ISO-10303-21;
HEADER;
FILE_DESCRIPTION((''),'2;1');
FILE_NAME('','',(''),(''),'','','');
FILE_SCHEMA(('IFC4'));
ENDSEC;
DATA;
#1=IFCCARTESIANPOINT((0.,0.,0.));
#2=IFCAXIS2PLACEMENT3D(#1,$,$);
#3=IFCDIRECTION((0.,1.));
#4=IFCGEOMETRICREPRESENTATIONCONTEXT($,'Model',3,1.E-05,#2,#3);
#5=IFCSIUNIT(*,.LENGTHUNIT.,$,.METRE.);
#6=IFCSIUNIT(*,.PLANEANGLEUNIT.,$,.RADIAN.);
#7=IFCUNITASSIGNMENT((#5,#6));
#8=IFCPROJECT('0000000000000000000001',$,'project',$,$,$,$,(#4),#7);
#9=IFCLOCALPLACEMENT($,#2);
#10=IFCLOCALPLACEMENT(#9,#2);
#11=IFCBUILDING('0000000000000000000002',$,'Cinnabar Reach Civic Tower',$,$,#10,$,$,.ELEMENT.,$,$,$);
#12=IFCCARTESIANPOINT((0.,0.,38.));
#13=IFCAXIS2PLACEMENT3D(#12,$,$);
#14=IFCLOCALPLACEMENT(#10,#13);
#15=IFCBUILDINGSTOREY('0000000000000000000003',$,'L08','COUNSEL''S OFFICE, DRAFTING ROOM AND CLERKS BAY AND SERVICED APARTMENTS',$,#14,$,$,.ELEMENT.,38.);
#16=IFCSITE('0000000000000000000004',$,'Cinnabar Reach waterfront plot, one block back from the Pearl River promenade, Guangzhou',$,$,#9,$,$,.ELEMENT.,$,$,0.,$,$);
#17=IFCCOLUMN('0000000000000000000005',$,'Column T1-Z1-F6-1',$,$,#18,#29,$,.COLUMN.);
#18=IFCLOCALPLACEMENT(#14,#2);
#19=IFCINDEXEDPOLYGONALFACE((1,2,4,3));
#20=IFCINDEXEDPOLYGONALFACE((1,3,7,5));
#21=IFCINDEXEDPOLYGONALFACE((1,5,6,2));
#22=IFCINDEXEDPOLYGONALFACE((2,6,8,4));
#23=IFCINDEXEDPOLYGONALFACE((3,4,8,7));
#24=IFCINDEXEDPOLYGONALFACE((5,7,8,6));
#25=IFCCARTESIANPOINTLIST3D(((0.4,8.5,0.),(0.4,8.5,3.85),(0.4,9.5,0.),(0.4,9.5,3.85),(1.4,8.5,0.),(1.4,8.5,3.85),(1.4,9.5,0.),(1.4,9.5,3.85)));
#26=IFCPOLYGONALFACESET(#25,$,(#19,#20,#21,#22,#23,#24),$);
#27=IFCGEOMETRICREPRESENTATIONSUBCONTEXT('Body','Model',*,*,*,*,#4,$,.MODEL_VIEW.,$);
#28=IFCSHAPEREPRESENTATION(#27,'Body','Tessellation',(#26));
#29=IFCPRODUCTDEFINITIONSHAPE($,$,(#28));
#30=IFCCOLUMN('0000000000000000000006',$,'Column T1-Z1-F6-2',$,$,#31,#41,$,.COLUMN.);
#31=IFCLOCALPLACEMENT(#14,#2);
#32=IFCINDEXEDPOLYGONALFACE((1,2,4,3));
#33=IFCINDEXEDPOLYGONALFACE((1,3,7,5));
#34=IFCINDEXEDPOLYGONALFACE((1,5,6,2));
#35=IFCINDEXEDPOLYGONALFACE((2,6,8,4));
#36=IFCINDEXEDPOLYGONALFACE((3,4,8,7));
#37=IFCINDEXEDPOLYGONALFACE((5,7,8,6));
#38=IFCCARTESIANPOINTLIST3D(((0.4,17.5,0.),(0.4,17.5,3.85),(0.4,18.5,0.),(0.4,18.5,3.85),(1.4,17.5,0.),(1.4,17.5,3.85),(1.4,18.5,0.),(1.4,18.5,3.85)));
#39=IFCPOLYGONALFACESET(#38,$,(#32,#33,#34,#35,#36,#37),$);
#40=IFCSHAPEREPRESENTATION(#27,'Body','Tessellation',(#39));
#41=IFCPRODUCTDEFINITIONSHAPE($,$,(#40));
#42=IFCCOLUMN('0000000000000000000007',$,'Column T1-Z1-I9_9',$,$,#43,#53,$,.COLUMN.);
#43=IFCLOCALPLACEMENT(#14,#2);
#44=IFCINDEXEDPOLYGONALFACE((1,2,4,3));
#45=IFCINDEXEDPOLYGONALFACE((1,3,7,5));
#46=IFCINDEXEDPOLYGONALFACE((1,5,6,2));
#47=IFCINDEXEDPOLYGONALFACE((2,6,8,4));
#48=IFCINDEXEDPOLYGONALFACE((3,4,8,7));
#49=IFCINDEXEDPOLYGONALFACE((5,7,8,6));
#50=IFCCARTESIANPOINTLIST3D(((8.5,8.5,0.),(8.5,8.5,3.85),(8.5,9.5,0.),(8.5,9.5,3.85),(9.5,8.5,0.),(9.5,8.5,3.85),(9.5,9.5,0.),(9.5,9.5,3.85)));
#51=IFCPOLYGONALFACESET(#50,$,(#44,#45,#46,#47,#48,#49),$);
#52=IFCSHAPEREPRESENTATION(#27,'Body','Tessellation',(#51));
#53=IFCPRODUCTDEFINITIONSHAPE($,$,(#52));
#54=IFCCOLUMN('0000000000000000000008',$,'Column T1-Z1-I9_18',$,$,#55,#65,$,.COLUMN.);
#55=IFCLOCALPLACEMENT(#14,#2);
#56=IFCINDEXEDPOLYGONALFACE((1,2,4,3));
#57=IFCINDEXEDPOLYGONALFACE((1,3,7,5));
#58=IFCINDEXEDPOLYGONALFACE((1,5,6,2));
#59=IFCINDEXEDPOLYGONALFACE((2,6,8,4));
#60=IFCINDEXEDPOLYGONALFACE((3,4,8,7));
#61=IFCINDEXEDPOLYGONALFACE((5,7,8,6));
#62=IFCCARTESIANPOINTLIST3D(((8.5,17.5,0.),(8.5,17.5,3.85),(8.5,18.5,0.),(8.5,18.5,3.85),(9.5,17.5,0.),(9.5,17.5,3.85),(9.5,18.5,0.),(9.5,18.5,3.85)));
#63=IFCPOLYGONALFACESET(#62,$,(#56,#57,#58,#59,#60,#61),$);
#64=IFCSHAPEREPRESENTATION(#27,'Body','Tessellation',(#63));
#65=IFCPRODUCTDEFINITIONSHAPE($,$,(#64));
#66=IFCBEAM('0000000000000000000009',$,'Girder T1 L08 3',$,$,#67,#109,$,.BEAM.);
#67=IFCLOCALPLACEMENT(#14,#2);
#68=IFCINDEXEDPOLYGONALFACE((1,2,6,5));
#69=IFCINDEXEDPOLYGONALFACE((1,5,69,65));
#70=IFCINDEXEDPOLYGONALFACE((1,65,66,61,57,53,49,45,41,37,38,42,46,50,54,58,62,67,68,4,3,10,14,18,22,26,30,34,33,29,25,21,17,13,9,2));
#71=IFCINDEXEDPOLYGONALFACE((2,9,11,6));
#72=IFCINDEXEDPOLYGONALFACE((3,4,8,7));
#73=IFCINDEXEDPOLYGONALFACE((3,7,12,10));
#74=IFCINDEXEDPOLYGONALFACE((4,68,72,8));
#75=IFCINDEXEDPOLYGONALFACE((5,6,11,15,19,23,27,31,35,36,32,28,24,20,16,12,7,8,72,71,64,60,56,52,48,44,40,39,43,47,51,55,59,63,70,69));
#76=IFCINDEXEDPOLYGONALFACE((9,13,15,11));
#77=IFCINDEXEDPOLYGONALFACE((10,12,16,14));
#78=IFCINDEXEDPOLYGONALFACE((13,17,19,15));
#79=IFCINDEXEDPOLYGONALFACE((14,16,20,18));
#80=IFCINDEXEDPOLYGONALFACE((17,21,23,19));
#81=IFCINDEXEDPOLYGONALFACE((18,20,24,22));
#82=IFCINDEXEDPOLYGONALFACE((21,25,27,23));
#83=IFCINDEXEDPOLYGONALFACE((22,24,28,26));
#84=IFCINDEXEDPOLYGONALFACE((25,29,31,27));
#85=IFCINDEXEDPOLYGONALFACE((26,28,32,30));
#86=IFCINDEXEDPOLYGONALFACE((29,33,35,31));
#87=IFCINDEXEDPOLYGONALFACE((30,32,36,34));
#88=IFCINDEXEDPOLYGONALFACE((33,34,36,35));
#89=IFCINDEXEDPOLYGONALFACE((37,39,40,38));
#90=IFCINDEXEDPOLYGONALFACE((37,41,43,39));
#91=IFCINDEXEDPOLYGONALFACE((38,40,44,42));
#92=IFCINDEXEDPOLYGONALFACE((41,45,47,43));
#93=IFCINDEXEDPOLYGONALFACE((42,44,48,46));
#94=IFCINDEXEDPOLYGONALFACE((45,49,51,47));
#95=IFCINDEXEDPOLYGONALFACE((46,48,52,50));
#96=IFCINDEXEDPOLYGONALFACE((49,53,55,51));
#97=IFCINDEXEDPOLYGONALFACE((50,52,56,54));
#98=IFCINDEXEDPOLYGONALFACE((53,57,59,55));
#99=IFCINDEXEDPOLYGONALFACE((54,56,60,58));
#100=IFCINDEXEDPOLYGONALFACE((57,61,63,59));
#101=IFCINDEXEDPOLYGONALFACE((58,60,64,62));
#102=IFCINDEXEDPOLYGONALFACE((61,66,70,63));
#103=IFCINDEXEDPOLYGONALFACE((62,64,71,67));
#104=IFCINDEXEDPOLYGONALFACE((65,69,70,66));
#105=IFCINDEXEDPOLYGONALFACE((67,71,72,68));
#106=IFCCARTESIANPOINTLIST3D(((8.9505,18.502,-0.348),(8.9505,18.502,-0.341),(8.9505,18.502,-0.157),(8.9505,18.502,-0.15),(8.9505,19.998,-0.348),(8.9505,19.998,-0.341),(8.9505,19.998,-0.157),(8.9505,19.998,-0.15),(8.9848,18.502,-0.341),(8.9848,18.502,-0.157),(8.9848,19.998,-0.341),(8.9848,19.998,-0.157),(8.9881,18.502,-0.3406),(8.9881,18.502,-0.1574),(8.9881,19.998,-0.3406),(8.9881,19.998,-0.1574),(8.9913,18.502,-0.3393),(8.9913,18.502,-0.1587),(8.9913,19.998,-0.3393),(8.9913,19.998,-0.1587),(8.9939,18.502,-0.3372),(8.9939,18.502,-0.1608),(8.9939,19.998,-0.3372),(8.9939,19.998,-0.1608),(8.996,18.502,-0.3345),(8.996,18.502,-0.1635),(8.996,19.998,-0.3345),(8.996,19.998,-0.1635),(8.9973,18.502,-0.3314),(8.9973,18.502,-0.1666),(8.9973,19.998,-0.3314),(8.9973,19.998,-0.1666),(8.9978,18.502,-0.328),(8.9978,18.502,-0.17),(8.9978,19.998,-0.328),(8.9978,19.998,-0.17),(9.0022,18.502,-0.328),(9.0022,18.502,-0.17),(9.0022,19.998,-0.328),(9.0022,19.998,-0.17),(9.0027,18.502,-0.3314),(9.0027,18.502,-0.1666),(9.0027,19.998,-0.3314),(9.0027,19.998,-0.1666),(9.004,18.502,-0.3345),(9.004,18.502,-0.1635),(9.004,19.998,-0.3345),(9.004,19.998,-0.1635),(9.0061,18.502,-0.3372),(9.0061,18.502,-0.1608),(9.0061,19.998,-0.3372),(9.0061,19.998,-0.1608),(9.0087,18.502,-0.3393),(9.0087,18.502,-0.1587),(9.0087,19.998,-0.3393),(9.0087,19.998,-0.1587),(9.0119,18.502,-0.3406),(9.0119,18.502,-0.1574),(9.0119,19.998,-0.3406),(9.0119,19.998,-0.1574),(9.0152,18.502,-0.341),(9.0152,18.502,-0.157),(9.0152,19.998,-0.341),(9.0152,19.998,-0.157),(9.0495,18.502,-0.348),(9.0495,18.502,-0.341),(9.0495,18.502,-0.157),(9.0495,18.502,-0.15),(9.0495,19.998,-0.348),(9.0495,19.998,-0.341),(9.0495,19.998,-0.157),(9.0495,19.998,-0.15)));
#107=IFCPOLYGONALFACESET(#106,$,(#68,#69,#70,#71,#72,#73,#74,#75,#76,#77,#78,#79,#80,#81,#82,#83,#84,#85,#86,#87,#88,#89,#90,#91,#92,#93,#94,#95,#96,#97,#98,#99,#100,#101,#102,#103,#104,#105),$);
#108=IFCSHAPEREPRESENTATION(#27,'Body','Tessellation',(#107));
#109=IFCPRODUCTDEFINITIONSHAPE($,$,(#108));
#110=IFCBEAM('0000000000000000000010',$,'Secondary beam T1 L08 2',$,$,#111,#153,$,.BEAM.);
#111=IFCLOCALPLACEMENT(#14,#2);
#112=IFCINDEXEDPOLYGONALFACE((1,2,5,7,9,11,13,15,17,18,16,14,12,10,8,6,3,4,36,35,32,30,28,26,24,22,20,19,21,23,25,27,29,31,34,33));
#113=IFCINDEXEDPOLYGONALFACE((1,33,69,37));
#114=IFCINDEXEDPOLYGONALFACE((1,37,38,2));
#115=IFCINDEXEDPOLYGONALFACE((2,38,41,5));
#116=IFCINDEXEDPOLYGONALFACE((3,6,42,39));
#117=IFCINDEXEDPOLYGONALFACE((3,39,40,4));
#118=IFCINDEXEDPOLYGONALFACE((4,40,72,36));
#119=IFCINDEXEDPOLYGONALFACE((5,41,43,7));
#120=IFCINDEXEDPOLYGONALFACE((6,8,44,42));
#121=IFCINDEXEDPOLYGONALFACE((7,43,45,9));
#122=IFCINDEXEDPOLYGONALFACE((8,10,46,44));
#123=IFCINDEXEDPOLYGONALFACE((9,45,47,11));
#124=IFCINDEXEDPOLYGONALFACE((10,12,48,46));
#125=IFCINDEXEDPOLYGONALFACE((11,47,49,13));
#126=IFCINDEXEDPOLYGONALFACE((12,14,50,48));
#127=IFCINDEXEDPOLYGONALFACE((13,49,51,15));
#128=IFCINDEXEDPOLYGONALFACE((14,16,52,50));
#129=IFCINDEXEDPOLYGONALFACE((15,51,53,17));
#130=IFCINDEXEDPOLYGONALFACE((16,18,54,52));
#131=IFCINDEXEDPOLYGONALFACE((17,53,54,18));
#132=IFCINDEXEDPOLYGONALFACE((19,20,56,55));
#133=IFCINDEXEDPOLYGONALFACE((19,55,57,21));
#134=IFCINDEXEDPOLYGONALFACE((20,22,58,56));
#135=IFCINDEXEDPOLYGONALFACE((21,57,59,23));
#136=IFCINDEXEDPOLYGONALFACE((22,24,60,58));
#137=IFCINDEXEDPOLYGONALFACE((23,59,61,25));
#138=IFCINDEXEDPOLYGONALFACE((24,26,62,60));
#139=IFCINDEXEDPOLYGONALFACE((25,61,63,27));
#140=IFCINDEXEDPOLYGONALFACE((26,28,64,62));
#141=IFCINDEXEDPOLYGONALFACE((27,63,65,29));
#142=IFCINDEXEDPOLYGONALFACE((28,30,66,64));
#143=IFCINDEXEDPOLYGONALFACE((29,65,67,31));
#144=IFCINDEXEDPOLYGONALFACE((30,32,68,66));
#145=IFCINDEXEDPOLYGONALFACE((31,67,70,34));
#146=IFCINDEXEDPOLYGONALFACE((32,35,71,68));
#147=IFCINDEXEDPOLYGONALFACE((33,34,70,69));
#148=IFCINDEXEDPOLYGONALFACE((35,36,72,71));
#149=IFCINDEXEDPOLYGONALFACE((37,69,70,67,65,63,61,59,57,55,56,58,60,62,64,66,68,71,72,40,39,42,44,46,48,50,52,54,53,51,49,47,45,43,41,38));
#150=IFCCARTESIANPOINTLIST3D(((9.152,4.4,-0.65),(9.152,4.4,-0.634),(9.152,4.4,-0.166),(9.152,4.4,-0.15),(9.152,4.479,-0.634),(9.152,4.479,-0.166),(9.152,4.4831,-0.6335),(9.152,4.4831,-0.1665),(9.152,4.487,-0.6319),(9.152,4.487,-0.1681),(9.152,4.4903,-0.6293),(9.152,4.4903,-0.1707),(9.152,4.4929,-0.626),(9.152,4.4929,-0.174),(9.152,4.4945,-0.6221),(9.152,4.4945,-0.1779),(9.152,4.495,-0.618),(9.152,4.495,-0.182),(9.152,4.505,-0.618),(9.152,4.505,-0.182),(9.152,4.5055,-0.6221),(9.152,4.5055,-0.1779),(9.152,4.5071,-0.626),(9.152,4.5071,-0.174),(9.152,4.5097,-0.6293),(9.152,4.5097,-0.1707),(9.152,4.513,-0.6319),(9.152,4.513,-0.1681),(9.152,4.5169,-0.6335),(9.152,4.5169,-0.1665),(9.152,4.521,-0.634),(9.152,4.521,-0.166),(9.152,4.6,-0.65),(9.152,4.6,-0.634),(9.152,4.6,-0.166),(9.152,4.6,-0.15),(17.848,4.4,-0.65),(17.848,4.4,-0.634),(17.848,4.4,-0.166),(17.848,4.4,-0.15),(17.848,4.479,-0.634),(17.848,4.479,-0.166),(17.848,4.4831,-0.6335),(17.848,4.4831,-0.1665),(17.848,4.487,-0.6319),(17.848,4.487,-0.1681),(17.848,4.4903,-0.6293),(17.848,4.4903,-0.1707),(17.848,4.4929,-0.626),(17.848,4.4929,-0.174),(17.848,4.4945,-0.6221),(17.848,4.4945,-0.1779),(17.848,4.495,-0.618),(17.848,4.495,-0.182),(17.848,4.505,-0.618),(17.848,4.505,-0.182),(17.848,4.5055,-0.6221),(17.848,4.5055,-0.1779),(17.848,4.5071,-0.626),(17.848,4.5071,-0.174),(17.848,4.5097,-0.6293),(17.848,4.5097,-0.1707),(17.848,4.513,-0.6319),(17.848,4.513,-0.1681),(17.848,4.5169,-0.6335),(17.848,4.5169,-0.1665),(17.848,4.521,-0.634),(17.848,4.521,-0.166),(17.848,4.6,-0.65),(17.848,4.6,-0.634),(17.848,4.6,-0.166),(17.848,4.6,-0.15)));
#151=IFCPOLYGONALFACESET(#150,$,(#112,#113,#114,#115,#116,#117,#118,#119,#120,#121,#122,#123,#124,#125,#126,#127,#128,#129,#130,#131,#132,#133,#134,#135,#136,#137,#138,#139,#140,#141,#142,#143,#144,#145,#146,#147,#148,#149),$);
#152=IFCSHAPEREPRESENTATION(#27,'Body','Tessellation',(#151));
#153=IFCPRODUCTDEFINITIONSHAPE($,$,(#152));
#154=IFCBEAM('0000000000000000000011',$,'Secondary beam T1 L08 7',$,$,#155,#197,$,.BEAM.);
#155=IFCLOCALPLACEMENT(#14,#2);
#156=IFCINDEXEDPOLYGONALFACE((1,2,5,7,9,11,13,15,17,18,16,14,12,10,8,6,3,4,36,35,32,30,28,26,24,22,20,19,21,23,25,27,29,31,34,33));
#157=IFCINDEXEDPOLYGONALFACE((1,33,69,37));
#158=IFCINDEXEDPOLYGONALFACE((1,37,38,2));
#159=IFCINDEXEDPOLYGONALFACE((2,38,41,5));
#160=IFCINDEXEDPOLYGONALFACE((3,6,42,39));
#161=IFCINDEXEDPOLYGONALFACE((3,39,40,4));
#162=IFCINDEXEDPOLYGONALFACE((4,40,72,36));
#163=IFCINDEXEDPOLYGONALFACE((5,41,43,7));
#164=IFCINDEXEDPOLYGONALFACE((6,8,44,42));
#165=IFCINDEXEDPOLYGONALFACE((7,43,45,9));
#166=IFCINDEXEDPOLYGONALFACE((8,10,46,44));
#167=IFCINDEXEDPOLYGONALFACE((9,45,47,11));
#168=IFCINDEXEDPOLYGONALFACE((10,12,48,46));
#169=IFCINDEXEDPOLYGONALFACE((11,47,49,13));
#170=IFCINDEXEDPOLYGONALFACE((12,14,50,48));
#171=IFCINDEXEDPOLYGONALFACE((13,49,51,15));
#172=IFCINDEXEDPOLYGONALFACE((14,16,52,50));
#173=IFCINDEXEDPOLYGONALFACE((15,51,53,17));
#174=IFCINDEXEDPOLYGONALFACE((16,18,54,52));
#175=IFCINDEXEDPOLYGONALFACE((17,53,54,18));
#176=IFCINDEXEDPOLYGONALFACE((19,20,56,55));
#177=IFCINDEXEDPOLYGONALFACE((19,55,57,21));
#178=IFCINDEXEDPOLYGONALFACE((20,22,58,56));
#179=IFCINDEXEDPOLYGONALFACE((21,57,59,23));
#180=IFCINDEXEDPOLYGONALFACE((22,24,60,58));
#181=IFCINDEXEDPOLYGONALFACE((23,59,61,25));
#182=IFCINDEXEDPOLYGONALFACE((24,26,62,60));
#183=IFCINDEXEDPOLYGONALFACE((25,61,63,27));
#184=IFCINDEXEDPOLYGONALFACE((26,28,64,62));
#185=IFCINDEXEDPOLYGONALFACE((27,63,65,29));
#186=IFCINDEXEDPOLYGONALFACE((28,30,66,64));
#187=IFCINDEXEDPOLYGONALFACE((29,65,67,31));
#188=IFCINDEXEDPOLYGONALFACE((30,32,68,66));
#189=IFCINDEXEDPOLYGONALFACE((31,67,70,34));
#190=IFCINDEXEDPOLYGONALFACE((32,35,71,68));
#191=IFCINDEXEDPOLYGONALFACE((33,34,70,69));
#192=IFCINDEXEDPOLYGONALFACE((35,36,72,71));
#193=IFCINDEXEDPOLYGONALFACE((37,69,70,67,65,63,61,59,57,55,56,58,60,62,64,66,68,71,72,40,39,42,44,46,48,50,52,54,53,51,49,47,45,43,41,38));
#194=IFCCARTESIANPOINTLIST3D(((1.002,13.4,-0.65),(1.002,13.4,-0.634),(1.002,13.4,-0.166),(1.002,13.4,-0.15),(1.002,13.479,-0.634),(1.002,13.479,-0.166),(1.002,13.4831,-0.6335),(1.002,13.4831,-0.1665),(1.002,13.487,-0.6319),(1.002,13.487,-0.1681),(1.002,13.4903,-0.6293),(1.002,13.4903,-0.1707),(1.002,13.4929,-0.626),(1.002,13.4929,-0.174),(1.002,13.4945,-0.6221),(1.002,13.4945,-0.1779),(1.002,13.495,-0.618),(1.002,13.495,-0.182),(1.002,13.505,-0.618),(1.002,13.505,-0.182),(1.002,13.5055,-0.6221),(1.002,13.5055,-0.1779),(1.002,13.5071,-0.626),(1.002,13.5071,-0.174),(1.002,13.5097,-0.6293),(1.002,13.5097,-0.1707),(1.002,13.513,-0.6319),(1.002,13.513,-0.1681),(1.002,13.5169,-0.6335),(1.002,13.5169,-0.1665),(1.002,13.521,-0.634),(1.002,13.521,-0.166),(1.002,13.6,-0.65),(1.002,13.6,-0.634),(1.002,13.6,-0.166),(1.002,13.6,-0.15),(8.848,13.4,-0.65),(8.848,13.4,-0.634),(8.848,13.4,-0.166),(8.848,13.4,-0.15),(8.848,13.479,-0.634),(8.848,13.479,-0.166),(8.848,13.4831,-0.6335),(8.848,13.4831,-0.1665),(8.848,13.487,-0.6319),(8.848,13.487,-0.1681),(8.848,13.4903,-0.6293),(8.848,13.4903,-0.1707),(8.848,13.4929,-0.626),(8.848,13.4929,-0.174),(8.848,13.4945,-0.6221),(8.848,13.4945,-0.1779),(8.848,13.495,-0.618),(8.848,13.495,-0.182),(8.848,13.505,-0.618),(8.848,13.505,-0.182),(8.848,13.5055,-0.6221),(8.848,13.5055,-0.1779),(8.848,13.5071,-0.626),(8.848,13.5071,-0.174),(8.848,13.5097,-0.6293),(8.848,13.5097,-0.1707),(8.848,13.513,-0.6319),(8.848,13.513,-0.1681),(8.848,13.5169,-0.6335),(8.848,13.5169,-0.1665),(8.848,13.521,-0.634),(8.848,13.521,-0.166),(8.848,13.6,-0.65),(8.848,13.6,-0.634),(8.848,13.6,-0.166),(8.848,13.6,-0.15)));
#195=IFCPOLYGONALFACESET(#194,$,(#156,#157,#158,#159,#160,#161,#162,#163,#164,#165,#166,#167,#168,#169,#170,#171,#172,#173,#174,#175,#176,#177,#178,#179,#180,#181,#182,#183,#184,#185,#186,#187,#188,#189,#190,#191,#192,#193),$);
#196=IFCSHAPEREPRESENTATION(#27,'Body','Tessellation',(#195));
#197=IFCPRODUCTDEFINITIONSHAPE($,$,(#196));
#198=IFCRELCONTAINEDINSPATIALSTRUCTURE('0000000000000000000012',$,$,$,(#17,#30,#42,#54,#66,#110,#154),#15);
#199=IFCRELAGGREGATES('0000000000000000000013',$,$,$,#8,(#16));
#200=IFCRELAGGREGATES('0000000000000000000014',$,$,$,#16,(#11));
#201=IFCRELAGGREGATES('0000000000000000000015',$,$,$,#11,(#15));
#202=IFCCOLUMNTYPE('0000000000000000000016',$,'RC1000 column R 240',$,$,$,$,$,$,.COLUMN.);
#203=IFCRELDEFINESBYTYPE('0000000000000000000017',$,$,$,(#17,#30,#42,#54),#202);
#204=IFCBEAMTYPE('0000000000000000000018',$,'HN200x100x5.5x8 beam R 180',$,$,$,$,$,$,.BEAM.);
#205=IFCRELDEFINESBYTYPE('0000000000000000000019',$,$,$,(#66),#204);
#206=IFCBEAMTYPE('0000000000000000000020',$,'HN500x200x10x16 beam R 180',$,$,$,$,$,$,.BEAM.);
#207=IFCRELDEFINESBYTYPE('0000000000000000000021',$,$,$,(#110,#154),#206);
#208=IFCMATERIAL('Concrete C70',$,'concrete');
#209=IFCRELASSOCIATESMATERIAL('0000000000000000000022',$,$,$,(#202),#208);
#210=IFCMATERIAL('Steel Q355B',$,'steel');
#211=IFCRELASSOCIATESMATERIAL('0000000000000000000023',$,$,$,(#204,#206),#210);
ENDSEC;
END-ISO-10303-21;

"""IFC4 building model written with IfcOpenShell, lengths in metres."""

from ifc_helpers import new_model, si_unit, direction, frame, origin, origin_2d, place, context, subcontext, project, spatial, rectangle, i_section, extrude, material, material_profile, profile_set, type_object, element, save


model = new_model("IFC4")

# Units and contexts
model_context = context("Model", 3, precision=1e-05, world=origin(), true_north=direction((0.0, 1.0)))
body_context = subcontext(model_context, "Body", "Model", "MODEL_VIEW")
ifc_project = project(units=[si_unit("LENGTHUNIT", "METRE"), si_unit("PLANEANGLEUNIT", "RADIAN")], contexts=[model_context])

# Site, building, storey
site_placement = place(None, origin())
site = spatial("IfcSite", under=ifc_project, at=site_placement, Name="Cinnabar Reach waterfront plot, one block back from the Pearl River promenade, Guangzhou", CompositionType="ELEMENT", RefElevation=0.0)
building_placement = place(site_placement, origin())
building = spatial("IfcBuilding", under=site, at=building_placement, Name="Cinnabar Reach Civic Tower", CompositionType="ELEMENT")
storey_placement = place(building_placement, frame((0.0, 0.0, 38.0)))
storey = spatial("IfcBuildingStorey", under=building, at=storey_placement, Name="L08", Description="COUNSEL'S OFFICE, DRAFTING ROOM AND CLERKS BAY AND SERVICED APARTMENTS", CompositionType="ELEMENT", Elevation=38.0)

# Columns
ifc_material_1 = material(Name="Concrete C70", Category="concrete")
ifc_material_profile_1 = material_profile(ifc_material_1, rectangle(XDim=1.0, YDim=1.0, at=origin_2d()), Name="RC1000")
ifc_profile_set_1 = profile_set([ifc_material_profile_1], Name="Concrete C70")
column_type = type_object("IfcColumnType", Name="RC1000 column R 240", PredefinedType="COLUMN", material=ifc_profile_set_1)
for number, where, z_axis, x_axis, name in (
    (1, (0.9, 9.0, 0.0), (0.0, 0.0, 1.0), (1.0, 0.0, 0.0), "Column T1-Z1-F6-1"),
    (2, (0.9, 18.0, 0.0), (0.0, 0.0, 1.0), (1.0, 0.0, 0.0), "Column T1-Z1-F6-2"),
    (3, (9.0, 9.0, 0.0), (0.0, 0.0, 1.0), (1.0, 0.0, 0.0), "Column T1-Z1-I9_9"),
    (4, (9.0, 18.0, 0.0), (0.0, 0.0, 1.0), (1.0, 0.0, 0.0), "Column T1-Z1-I9_18"),
):
    element("IfcColumn", number, at=place(storey_placement, frame(where, z_axis=z_axis, x_axis=x_axis)), inside=storey, type_object=column_type, Name=name, PredefinedType="COLUMN", context=body_context, shape_type="SweptSolid", body=[
        extrude(rectangle(XDim=1.0, YDim=1.0, at=origin_2d()), origin(), (0.0, 0.0, 1.0), 3.85),
    ])

# Beams
ifc_material_2 = material(Name="Steel Q355B", Category="steel")
ifc_material_profile_2 = material_profile(ifc_material_2, i_section(OverallWidth=0.099, OverallDepth=0.198, WebThickness=0.0045, FlangeThickness=0.007, FilletRadius=0.013, at=origin_2d()), Name="HN200x100x5.5x8")
ifc_profile_set_2 = profile_set([ifc_material_profile_2], Name="Steel Q355B")
beam_type_1 = type_object("IfcBeamType", Name="HN200x100x5.5x8 beam R 180", PredefinedType="BEAM", material=ifc_profile_set_2)
beam_1_placement = place(storey_placement, frame((9.0, 18.502, -0.249), z_axis=(0.0, 1.0, 0.0), x_axis=(-1.0, 0.0, 0.0)))
element("IfcBeam", 5, at=beam_1_placement, inside=storey, type_object=beam_type_1, Name="Girder T1 L08 3", PredefinedType="BEAM", context=body_context, shape_type="SweptSolid", body=[
    extrude(i_section(OverallWidth=0.099, OverallDepth=0.198, WebThickness=0.0045, FlangeThickness=0.007, FilletRadius=0.013, at=origin_2d()), origin(), (0.0, 0.0, 1.0), 1.496),
])
ifc_material_profile_3 = material_profile(ifc_material_2, i_section(OverallWidth=0.2, OverallDepth=0.5, WebThickness=0.01, FlangeThickness=0.016, FilletRadius=0.016, at=origin_2d()), Name="HN500x200x10x16")
ifc_profile_set_3 = profile_set([ifc_material_profile_3], Name="Steel Q355B")
beam_type_2 = type_object("IfcBeamType", Name="HN500x200x10x16 beam R 180", PredefinedType="BEAM", material=ifc_profile_set_3)
beam_2_placement = place(storey_placement, frame((9.152, 4.5, -0.4), z_axis=(1.0, 0.0, 0.0), x_axis=(0.0, 1.0, 0.0)))
element("IfcBeam", 6, at=beam_2_placement, inside=storey, type_object=beam_type_2, Name="Secondary beam T1 L08 2", PredefinedType="BEAM", context=body_context, shape_type="SweptSolid", body=[
    extrude(i_section(OverallWidth=0.2, OverallDepth=0.5, WebThickness=0.01, FlangeThickness=0.016, FilletRadius=0.016, at=origin_2d()), origin(), (0.0, 0.0, 1.0), 8.696),
])
beam_3_placement = place(storey_placement, frame((1.002, 13.5, -0.4), z_axis=(1.0, 0.0, 0.0), x_axis=(0.0, 1.0, 0.0)))
element("IfcBeam", 7, at=beam_3_placement, inside=storey, type_object=beam_type_2, Name="Secondary beam T1 L08 7", PredefinedType="BEAM", context=body_context, shape_type="SweptSolid", body=[
    extrude(i_section(OverallWidth=0.2, OverallDepth=0.5, WebThickness=0.01, FlangeThickness=0.016, FilletRadius=0.016, at=origin_2d()), origin(), (0.0, 0.0, 1.0), 7.846),
])

save(model, "model.ifc")
